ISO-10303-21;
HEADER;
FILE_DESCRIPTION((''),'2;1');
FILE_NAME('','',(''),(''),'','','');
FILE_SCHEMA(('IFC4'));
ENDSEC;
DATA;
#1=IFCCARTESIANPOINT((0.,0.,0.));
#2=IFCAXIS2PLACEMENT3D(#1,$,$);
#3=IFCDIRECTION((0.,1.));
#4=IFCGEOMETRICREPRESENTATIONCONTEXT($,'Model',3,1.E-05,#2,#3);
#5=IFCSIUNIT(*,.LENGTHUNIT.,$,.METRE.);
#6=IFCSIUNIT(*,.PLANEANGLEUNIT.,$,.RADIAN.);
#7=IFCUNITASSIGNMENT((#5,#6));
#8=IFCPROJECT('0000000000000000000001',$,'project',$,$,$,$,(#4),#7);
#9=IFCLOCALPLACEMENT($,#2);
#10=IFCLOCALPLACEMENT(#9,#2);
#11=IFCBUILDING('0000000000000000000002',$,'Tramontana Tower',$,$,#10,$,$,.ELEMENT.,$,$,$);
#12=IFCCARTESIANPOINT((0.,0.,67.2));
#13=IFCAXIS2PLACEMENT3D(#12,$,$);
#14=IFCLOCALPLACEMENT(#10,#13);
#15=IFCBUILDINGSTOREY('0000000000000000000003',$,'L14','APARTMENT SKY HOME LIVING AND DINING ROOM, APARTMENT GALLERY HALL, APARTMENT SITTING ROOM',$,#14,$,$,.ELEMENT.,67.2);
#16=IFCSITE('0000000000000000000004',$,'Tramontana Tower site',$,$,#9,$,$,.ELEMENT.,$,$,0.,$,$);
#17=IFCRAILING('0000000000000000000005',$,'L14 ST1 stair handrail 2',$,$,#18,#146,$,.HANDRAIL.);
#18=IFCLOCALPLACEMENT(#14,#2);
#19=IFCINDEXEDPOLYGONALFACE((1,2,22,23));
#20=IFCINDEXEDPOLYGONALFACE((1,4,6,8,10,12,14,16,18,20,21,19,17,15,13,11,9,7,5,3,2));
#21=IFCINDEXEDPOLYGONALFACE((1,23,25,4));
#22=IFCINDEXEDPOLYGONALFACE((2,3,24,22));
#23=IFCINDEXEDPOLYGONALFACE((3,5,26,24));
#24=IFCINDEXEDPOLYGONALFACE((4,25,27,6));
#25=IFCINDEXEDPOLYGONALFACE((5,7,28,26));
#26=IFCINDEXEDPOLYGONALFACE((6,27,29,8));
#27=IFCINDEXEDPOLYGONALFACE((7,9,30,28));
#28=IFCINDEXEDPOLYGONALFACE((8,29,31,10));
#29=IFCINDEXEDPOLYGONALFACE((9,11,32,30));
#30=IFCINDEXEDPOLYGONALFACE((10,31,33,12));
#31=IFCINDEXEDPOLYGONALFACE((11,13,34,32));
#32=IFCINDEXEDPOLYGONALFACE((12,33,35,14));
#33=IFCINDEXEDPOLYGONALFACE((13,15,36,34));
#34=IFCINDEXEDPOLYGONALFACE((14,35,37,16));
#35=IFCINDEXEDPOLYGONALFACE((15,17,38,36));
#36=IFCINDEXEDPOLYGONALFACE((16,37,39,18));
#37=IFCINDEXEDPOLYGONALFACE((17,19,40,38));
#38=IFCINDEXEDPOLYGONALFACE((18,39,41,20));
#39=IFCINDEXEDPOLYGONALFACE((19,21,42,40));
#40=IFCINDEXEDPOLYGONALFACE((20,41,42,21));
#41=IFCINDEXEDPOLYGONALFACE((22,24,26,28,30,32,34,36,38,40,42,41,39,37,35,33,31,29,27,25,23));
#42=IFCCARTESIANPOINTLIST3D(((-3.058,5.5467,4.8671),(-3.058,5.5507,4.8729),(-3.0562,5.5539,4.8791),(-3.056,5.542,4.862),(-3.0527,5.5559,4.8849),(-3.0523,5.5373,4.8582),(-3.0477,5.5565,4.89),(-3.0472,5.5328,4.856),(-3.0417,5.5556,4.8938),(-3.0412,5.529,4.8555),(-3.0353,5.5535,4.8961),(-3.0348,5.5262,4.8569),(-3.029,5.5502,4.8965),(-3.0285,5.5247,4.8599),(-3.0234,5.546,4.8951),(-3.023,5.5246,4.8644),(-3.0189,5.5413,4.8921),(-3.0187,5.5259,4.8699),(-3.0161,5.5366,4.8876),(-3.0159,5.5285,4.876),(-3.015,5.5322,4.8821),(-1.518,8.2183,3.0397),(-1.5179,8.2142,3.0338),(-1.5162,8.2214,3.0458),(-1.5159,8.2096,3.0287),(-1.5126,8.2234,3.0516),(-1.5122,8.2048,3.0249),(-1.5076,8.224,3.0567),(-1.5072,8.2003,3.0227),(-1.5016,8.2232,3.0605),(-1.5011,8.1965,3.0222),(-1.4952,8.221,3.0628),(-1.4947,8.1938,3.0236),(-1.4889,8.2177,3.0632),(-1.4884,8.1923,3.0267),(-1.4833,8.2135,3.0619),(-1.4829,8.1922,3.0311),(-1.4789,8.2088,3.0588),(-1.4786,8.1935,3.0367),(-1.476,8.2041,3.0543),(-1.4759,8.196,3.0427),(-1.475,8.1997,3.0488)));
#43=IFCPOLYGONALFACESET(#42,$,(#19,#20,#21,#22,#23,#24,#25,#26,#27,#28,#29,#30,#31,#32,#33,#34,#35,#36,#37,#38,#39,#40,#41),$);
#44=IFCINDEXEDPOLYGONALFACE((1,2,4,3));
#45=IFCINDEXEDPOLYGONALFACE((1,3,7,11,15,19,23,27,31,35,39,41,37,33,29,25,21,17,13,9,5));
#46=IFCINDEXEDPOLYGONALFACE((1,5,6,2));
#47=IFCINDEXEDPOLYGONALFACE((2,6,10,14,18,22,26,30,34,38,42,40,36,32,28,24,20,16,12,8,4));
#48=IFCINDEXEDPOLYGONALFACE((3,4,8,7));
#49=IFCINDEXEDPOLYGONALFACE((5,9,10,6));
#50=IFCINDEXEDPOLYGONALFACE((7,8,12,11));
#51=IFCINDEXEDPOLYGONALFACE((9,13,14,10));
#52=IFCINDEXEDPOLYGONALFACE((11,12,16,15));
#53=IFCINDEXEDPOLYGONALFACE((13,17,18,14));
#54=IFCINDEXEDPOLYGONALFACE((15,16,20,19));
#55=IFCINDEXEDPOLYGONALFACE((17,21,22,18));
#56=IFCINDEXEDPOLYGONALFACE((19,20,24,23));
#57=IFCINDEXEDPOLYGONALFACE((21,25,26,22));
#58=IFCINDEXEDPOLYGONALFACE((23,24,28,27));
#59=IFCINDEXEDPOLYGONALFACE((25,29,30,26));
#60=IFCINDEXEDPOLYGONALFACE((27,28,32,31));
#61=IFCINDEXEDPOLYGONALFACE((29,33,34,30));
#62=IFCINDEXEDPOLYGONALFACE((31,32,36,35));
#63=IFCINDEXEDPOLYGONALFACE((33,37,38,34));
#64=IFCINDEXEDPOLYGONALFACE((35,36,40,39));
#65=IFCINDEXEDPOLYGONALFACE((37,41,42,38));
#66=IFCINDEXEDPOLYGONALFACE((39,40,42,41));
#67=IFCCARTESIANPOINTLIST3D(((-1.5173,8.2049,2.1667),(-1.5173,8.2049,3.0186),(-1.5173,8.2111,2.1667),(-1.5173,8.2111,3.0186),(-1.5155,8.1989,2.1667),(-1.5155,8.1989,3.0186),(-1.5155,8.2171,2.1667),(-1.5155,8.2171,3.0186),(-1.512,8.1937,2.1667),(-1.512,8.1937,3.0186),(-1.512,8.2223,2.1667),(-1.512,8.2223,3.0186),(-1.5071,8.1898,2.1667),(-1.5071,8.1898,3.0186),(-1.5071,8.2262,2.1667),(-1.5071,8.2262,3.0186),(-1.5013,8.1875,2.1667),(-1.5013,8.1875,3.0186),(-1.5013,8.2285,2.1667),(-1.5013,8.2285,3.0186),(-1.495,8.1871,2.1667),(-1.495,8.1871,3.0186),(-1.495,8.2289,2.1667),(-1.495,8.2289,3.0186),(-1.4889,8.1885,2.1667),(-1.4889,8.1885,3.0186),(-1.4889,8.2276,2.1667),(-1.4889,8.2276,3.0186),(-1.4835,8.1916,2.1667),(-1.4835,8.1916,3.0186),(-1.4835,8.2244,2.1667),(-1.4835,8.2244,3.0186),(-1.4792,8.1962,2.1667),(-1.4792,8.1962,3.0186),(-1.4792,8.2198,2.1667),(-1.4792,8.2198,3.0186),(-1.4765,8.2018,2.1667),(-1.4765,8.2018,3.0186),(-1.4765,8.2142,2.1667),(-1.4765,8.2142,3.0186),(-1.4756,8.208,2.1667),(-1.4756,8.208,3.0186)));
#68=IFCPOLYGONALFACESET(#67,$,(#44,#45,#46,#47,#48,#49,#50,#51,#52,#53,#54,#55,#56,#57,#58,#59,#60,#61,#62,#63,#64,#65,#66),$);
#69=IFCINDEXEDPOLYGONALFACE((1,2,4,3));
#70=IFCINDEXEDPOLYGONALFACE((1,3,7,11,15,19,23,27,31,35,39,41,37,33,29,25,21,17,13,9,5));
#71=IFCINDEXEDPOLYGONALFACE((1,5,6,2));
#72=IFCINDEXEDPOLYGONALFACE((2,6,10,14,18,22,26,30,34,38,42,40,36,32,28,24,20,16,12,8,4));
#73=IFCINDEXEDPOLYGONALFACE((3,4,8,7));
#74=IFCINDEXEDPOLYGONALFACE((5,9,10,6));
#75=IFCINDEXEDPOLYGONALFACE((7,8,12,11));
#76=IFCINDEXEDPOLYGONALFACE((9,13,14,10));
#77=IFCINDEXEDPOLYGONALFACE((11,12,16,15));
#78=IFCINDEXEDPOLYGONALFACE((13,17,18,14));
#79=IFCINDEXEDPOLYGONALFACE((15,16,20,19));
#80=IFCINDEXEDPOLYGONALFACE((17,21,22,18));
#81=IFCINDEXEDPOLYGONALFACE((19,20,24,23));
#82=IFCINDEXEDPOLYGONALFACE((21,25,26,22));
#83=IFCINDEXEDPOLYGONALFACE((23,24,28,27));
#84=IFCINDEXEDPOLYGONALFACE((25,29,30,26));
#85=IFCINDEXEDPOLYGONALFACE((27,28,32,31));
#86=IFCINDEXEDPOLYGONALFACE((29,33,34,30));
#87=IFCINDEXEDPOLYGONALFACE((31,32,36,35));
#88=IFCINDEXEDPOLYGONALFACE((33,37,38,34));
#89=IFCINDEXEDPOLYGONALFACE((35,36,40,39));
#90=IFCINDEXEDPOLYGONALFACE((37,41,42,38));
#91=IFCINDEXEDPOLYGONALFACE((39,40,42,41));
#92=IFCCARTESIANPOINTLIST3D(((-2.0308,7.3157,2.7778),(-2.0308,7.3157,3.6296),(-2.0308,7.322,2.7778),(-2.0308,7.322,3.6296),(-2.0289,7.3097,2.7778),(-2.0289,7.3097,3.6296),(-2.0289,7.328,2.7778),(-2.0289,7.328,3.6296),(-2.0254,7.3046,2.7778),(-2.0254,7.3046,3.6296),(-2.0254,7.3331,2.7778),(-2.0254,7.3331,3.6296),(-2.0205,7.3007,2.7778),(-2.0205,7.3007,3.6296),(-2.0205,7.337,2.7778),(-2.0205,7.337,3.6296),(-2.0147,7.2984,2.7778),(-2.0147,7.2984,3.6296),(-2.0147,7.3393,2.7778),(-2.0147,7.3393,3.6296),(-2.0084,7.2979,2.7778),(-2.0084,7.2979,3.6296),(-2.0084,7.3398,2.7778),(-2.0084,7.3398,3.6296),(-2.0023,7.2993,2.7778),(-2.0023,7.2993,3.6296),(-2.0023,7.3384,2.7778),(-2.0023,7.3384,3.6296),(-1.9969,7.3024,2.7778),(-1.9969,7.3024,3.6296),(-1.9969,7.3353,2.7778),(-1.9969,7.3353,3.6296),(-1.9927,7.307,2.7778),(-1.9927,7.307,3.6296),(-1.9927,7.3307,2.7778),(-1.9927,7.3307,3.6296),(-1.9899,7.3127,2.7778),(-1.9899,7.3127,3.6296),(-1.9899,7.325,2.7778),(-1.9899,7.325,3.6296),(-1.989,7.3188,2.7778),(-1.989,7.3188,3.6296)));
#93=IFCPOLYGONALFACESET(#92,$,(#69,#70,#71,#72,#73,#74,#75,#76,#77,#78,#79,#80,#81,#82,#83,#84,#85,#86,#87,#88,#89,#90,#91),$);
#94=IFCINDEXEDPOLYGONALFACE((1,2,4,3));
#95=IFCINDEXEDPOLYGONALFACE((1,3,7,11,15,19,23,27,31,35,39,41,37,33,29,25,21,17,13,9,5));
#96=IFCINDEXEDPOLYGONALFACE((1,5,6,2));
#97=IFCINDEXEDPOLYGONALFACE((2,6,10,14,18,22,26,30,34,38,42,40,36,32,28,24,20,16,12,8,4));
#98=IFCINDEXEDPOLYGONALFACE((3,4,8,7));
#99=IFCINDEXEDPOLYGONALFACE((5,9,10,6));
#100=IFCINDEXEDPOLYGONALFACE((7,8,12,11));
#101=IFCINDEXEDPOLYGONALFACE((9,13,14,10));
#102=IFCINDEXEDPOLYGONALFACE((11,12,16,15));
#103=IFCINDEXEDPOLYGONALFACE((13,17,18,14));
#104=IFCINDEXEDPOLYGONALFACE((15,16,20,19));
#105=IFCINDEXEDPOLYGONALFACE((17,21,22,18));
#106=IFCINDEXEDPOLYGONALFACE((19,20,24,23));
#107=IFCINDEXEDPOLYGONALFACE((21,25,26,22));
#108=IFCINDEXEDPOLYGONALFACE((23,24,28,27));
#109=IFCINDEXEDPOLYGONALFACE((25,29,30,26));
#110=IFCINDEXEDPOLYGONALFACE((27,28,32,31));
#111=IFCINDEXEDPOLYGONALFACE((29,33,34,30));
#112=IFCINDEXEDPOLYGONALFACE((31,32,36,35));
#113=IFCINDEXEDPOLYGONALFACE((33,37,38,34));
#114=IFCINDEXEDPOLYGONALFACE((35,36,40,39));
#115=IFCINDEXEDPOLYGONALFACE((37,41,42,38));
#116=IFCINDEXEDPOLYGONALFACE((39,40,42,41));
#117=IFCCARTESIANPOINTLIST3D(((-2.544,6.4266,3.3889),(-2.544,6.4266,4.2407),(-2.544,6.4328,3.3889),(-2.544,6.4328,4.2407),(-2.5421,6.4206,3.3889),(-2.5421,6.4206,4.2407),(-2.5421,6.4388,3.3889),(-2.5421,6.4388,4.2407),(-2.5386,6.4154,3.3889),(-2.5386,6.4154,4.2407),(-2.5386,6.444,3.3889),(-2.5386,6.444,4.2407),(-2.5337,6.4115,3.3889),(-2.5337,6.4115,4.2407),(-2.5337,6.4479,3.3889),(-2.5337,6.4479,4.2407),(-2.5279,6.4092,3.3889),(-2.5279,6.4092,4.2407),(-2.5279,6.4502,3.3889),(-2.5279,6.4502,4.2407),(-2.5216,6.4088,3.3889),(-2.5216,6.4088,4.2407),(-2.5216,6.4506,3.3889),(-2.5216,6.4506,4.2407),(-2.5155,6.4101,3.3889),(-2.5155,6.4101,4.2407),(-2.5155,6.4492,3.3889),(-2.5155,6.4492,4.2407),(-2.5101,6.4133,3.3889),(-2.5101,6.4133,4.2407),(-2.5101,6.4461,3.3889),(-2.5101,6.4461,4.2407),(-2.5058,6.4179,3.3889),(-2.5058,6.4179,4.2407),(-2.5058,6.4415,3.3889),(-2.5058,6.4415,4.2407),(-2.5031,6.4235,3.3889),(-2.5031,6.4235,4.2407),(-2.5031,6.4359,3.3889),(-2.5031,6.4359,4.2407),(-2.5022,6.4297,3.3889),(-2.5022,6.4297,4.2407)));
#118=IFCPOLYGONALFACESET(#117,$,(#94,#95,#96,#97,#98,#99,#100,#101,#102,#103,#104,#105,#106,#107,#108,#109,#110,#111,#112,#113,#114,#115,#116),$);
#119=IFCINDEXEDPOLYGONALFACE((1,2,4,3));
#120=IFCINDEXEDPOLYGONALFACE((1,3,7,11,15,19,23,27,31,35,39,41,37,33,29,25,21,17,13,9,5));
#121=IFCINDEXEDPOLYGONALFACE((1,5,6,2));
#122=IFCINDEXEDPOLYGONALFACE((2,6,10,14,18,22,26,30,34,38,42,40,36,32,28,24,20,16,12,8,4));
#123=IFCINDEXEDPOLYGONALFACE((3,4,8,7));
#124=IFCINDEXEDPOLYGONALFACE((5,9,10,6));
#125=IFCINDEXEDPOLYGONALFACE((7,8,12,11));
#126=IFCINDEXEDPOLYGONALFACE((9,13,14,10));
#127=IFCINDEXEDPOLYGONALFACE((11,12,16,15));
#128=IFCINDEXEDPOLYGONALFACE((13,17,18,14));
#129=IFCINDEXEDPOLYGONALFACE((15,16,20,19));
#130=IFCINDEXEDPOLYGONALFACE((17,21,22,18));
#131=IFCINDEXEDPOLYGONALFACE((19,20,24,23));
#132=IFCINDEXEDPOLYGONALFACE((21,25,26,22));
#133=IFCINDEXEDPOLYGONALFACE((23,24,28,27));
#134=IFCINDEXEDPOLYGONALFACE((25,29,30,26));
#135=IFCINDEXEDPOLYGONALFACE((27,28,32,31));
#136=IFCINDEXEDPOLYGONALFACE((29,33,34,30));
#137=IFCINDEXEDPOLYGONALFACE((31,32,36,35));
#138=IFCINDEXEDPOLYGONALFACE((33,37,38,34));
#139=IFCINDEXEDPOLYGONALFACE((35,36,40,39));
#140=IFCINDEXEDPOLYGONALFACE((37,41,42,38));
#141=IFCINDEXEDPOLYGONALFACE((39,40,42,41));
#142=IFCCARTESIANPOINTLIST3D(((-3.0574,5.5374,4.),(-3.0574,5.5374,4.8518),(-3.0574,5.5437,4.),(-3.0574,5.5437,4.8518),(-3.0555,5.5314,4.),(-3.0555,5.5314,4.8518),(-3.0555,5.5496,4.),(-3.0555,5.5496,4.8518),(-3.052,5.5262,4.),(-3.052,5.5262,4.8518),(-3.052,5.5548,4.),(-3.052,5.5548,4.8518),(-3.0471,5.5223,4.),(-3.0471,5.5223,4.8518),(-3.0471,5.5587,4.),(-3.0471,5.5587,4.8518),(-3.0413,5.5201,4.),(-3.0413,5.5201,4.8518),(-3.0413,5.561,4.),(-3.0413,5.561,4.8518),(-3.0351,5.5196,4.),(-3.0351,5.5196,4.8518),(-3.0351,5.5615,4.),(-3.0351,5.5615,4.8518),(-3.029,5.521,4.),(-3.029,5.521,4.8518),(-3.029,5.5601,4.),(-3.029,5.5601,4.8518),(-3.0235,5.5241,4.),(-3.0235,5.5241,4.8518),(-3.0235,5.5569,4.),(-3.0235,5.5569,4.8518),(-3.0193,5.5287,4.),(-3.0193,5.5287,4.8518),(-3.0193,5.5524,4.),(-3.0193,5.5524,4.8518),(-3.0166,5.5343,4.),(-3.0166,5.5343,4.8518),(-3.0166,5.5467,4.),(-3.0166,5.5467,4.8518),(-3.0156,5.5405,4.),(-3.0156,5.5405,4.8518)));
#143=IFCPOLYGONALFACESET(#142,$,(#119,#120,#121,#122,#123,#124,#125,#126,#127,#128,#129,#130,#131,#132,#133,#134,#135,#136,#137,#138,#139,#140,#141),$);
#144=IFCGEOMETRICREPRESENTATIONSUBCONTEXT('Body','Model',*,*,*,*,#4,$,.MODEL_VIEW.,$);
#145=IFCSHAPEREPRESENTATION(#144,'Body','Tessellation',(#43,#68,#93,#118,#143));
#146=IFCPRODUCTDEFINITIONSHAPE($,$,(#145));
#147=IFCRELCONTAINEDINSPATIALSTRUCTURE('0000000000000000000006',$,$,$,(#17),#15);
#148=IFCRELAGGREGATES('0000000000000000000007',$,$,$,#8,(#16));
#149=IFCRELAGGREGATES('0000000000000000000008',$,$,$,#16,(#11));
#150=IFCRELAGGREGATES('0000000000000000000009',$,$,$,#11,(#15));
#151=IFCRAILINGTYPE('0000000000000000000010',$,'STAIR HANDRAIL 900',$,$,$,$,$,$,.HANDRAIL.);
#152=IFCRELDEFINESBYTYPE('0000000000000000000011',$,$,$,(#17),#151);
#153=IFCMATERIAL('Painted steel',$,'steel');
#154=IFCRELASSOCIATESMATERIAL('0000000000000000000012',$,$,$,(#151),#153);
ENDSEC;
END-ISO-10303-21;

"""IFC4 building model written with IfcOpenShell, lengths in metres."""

from ifc_helpers import new_model, si_unit, direction, frame, origin, origin_2d, place, context, subcontext, project, spatial, circle, extrude, material, type_object, element, save


model = new_model("IFC4")

# Units and contexts
model_context = context("Model", 3, precision=1e-05, world=origin(), true_north=direction((0.0, 1.0)))
body_context = subcontext(model_context, "Body", "Model", "MODEL_VIEW")
ifc_project = project(units=[si_unit("LENGTHUNIT", "METRE"), si_unit("PLANEANGLEUNIT", "RADIAN")], contexts=[model_context])

# Site, building, storey
site_placement = place(None, origin())
site = spatial("IfcSite", under=ifc_project, at=site_placement, Name="Tramontana Tower site", CompositionType="ELEMENT", RefElevation=0.0)
building_placement = place(site_placement, origin())
building = spatial("IfcBuilding", under=site, at=building_placement, Name="Tramontana Tower", CompositionType="ELEMENT")
storey_placement = place(building_placement, frame((0.0, 0.0, 67.2)))
storey = spatial("IfcBuildingStorey", under=building, at=storey_placement, Name="L14", Description="APARTMENT SKY HOME LIVING AND DINING ROOM, APARTMENT GALLERY HALL, APARTMENT SITTING ROOM", CompositionType="ELEMENT", Elevation=67.2)

# Railing
ifc_material_1 = material(Name="Painted steel", Category="steel")
railing_type_1 = type_object("IfcRailingType", Name="STAIR HANDRAIL 900", PredefinedType="HANDRAIL", material=ifc_material_1)
railing_1_placement = place(storey_placement, frame((-1.4966, 8.208, 2.1667)))
element("IfcRailing", 1, at=railing_1_placement, inside=storey, type_object=railing_type_1, Name="L14 ST1 stair handrail 2", PredefinedType="HANDRAIL", context=body_context, shape_type="SweptSolid", body=[
    extrude(circle(Radius=0.0239, at=origin_2d()), frame((0.0, 0.0, 0.876), z_axis=(-0.429649, -0.74419, 0.511452), x_axis=(0.86603, -0.499992, 0.0)), (0.0, 0.0, 1.0), 3.5845),
    extrude(circle(Radius=0.021, at=origin_2d()), origin(), (0.0, 0.0, 1.0), 0.8518),
    extrude(circle(Radius=0.021, at=origin_2d()), frame((-0.5134, -0.8892, 0.6111)), (0.0, 0.0, 1.0), 0.8518),
    extrude(circle(Radius=0.021, at=origin_2d()), frame((-1.0266, -1.7783, 1.2222)), (0.0, 0.0, 1.0), 0.8518),
    extrude(circle(Radius=0.021, at=origin_2d()), frame((-1.54, -2.6675, 1.8333)), (0.0, 0.0, 1.0), 0.8518),
])

save(model, "model.ifc")
